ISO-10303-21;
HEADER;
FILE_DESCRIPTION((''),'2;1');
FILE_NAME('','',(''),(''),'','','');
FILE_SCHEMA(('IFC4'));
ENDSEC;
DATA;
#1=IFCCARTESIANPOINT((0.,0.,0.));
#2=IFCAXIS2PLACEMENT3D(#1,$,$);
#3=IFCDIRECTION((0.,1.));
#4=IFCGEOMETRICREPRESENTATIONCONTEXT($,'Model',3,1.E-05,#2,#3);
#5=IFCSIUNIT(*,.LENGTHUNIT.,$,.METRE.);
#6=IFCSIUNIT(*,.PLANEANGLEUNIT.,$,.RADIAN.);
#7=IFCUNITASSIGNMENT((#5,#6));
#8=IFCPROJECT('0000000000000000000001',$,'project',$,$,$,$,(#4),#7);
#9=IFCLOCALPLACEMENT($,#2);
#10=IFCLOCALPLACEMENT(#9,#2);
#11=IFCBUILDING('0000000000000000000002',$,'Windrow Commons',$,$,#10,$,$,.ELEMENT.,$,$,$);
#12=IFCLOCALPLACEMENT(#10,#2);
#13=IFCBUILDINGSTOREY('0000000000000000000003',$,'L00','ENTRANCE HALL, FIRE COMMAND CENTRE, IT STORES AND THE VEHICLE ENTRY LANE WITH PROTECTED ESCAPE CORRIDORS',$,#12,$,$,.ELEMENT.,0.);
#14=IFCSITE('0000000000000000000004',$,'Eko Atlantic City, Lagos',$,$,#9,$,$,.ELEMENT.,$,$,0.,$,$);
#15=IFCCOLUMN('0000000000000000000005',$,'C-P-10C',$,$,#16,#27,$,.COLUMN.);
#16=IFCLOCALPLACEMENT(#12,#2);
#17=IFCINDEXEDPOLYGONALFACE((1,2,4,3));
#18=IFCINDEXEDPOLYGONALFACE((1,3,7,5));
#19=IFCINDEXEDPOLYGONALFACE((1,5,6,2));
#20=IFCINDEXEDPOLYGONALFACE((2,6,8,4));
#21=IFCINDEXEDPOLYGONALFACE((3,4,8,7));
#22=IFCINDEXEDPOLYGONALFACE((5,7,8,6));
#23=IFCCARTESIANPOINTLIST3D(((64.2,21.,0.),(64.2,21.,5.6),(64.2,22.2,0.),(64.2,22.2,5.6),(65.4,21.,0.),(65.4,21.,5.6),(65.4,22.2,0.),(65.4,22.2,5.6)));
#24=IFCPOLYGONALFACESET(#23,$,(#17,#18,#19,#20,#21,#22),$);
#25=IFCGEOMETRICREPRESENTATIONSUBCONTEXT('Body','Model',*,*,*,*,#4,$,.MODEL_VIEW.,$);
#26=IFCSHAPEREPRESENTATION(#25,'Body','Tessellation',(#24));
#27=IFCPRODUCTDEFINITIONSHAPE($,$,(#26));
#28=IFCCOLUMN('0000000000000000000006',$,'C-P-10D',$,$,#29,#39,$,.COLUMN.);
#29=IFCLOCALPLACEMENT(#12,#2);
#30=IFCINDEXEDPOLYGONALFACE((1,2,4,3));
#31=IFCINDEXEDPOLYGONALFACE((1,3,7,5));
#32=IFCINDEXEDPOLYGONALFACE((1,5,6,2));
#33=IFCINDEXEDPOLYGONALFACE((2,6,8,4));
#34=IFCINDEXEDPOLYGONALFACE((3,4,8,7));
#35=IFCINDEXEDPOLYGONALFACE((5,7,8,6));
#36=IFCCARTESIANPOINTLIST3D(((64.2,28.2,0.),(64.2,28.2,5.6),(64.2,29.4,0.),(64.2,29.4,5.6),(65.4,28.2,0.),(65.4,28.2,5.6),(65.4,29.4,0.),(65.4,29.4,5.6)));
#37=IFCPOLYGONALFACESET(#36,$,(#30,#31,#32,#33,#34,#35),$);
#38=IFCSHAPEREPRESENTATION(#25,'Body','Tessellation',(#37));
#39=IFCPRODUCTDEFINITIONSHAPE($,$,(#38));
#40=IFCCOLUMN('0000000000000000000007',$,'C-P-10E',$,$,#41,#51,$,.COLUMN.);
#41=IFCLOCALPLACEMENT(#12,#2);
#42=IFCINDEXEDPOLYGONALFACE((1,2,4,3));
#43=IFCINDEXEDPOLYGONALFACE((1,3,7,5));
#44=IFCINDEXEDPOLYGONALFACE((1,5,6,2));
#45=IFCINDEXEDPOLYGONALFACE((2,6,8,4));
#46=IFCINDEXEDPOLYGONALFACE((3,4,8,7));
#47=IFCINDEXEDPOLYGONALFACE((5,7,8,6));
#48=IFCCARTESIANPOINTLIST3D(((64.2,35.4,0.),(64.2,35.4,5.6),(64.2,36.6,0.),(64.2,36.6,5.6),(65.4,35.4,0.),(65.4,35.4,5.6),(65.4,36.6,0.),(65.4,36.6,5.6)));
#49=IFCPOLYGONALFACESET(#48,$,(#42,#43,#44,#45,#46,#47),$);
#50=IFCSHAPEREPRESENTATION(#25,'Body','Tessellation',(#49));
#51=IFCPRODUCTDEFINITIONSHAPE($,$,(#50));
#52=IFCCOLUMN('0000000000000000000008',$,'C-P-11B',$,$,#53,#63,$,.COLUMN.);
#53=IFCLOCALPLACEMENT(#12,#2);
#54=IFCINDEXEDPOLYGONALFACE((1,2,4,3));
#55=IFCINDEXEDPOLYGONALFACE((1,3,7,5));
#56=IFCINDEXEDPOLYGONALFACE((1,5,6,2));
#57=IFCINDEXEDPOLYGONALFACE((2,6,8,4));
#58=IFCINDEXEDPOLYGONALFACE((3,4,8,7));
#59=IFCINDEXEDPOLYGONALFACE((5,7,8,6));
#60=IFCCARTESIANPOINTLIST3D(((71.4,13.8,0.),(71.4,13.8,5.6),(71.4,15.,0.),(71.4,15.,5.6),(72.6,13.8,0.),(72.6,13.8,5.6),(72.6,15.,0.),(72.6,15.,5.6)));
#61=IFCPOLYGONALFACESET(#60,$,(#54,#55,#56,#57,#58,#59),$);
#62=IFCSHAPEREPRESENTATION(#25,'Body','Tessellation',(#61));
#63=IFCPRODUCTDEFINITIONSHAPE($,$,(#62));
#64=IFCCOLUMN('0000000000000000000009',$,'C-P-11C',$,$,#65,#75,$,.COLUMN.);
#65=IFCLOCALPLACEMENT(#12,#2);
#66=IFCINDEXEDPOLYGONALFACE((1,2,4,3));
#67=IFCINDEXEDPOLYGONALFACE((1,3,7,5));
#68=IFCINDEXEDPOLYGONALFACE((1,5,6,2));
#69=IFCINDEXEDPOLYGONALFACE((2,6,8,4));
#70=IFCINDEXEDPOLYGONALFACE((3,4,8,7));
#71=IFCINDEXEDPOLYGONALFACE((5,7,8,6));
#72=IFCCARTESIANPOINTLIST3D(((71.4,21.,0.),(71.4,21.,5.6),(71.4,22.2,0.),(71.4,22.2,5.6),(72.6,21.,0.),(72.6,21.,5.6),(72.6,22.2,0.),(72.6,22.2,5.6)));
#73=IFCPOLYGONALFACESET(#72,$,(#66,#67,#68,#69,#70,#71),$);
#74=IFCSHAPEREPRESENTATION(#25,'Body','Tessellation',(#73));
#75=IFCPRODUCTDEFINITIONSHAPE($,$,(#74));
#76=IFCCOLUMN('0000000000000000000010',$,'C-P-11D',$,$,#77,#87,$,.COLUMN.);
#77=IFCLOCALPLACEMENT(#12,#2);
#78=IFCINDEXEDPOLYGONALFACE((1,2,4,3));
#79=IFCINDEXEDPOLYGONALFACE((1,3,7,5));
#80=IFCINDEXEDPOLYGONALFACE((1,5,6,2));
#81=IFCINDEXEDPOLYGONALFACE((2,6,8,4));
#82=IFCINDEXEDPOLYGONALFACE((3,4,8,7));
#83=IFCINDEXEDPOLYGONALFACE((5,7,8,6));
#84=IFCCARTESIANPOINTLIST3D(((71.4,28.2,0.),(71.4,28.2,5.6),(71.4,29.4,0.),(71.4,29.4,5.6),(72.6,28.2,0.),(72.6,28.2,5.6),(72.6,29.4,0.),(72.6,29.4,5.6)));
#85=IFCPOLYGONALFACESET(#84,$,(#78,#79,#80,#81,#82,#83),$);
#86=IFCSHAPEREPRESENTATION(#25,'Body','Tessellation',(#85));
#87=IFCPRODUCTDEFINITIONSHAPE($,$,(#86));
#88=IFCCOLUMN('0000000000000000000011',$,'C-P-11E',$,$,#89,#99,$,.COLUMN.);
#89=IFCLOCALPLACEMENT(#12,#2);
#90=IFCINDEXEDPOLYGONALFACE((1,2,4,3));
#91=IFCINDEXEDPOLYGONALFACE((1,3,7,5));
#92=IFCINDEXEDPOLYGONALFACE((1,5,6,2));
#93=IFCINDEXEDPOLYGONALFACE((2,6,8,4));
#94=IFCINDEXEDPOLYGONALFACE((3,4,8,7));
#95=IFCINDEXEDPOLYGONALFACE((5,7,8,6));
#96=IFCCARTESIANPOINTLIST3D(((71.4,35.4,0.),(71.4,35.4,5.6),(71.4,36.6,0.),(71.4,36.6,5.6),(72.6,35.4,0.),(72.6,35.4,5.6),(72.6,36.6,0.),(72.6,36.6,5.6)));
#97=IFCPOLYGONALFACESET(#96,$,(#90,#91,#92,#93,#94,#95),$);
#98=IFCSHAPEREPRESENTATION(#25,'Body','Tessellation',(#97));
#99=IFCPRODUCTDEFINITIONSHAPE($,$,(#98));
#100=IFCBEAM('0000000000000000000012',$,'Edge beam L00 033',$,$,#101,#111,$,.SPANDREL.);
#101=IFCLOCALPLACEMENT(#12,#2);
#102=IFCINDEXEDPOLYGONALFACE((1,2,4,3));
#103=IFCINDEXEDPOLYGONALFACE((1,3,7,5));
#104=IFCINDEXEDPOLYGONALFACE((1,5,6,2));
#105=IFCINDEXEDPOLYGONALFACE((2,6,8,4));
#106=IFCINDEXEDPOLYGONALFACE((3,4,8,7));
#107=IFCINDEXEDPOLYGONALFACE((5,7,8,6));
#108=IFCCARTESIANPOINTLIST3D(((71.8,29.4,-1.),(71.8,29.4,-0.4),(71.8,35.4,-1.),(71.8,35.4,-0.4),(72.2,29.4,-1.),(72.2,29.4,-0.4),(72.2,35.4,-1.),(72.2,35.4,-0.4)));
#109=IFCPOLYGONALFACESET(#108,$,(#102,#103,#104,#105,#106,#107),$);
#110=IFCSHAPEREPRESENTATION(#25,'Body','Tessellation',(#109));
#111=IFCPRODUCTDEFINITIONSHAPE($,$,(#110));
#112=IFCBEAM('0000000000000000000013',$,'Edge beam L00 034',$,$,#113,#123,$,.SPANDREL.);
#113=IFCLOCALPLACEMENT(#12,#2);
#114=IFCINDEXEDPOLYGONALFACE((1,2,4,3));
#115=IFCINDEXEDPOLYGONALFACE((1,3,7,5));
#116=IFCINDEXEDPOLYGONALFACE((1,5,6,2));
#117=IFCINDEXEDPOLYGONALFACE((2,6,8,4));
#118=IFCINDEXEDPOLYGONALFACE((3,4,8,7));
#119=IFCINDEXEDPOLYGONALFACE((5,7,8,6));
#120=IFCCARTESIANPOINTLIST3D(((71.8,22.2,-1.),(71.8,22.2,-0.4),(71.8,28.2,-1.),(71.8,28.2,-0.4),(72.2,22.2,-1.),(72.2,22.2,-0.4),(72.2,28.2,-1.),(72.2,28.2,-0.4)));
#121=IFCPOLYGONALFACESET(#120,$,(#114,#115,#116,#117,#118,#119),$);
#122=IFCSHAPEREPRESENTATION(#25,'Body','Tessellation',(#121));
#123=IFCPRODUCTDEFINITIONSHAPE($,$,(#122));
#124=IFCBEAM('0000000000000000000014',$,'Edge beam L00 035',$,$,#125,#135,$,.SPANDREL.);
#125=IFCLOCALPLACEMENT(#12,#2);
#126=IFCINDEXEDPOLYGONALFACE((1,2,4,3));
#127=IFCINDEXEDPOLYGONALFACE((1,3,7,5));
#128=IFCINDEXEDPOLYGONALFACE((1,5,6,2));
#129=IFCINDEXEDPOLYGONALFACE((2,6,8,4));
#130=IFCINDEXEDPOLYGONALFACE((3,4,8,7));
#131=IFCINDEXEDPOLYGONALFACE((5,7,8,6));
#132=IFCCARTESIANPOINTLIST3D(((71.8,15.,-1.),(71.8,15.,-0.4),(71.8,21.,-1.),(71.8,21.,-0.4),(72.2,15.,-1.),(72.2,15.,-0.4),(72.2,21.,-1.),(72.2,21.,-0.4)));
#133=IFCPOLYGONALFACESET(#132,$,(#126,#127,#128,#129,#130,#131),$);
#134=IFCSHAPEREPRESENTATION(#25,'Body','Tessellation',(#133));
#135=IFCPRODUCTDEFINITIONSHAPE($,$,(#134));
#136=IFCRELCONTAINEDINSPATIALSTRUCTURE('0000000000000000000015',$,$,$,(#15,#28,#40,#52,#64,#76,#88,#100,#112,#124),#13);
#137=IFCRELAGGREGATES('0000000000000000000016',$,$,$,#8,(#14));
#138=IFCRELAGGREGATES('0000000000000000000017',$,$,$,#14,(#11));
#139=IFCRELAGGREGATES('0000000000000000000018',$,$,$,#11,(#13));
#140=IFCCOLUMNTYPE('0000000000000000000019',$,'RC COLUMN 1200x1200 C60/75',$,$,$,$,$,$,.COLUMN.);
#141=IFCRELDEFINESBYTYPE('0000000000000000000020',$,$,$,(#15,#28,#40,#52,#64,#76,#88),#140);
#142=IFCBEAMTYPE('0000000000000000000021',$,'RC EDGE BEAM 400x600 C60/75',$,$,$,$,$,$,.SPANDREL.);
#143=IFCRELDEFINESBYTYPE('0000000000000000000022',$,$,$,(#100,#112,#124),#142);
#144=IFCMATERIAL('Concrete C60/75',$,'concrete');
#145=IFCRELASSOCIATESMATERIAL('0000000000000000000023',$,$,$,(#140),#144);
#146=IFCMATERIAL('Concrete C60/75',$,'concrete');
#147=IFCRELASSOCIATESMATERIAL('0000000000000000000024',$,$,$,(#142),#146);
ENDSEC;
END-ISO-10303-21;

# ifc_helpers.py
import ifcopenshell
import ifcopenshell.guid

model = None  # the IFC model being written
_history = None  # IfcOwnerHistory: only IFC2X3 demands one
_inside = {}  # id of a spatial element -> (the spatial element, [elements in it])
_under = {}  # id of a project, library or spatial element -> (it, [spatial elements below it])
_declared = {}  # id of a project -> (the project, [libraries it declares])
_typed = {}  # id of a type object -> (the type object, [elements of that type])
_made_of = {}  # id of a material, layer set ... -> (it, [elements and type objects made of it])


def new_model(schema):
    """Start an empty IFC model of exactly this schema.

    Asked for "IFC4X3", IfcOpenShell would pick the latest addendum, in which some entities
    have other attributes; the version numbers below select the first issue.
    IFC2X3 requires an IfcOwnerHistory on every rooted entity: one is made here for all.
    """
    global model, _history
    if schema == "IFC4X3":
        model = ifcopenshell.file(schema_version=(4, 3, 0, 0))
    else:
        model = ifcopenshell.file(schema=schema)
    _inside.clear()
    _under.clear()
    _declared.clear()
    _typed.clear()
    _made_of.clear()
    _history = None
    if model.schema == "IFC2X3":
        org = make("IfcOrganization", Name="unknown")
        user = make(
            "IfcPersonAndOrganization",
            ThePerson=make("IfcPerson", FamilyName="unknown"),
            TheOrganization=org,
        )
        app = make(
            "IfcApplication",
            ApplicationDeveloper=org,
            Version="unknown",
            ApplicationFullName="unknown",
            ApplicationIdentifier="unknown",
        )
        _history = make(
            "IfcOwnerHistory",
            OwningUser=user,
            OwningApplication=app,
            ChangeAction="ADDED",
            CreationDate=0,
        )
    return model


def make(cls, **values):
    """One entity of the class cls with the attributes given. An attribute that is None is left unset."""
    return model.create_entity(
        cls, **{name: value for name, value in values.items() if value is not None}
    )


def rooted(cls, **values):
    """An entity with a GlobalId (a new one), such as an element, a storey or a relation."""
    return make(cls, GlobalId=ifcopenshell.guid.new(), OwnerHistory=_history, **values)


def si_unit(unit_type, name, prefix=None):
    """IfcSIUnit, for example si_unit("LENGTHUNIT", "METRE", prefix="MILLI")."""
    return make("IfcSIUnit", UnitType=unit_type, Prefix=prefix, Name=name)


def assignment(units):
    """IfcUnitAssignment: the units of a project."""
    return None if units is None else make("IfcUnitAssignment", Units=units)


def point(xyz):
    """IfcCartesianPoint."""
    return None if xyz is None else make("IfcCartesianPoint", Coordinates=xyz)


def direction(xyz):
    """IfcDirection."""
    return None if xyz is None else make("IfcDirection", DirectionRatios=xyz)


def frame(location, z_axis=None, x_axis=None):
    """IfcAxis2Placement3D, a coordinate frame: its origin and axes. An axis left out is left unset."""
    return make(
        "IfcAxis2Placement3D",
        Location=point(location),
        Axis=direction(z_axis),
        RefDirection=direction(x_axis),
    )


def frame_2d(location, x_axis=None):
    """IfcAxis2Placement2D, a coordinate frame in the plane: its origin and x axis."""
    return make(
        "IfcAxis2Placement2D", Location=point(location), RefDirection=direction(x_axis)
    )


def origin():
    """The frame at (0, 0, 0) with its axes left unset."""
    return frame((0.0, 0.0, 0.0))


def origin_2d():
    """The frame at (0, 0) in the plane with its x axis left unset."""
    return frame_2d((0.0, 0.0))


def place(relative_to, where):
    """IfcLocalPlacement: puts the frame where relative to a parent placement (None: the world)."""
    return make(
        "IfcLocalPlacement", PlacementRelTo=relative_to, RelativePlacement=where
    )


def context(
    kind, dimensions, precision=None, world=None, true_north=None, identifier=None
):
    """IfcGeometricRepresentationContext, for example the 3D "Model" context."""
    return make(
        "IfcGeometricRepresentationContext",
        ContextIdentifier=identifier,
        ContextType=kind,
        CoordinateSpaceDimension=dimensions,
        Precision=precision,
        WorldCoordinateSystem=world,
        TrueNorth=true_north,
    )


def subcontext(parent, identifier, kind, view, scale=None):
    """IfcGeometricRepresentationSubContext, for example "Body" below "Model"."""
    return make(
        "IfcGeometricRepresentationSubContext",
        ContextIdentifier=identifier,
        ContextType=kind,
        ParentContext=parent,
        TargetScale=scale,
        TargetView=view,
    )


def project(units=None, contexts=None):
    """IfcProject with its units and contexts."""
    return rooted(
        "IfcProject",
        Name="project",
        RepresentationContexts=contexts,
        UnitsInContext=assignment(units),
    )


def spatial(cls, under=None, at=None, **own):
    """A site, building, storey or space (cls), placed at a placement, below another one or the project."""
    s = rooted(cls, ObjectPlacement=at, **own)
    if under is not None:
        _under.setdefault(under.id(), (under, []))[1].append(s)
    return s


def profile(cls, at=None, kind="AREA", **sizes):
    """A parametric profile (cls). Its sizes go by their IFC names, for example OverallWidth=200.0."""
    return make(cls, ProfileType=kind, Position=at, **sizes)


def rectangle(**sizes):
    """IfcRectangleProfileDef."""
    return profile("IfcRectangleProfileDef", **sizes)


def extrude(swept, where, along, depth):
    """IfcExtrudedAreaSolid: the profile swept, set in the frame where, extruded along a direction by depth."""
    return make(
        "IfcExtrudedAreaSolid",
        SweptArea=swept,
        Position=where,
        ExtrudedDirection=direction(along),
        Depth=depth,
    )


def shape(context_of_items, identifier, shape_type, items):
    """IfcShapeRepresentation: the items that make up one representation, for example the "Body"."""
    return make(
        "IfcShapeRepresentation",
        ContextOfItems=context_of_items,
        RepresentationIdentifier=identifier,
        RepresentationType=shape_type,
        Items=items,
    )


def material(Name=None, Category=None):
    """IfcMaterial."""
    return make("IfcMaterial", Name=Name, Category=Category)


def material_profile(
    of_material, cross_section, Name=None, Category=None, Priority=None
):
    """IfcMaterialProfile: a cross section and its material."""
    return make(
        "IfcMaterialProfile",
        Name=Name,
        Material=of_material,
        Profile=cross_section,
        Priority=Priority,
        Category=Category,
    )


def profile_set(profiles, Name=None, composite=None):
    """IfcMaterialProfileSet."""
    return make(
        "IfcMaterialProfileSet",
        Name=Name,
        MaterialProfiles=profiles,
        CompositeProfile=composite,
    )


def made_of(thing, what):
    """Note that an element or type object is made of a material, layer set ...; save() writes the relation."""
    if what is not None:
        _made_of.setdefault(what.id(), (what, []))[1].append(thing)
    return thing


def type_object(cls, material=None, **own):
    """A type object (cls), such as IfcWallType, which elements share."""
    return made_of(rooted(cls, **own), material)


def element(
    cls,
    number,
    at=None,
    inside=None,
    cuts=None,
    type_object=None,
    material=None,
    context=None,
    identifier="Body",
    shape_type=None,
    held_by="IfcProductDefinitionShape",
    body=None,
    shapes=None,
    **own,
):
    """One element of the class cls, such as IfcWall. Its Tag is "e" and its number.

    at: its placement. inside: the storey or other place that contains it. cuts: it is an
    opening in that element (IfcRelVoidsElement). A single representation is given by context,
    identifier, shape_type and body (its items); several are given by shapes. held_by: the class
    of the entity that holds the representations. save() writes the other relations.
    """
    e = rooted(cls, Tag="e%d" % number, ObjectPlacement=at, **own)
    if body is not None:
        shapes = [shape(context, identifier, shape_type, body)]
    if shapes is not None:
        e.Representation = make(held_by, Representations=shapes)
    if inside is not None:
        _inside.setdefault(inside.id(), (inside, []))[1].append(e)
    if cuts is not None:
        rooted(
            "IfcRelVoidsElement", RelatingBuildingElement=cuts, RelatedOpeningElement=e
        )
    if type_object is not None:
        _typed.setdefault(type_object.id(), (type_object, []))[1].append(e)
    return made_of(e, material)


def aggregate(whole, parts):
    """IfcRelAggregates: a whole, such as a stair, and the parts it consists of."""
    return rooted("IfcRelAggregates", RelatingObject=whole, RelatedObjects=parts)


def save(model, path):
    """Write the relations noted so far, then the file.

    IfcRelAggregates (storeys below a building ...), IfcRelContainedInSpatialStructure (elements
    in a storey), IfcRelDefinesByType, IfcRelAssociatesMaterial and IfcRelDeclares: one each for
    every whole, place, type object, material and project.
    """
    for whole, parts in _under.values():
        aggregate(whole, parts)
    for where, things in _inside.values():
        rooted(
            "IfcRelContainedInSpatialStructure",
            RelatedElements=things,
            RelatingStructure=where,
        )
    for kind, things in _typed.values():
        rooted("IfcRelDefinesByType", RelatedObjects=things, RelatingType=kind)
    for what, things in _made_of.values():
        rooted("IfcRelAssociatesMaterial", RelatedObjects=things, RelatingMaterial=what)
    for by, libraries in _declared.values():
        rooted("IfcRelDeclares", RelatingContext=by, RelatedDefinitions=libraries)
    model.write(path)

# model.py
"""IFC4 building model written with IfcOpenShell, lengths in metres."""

from ifc_helpers import new_model, si_unit, direction, frame, origin, origin_2d, place, context, subcontext, project, spatial, rectangle, extrude, material, material_profile, profile_set, type_object, element, save


model = new_model("IFC4")

# Units and contexts
model_context = context("Model", 3, precision=1e-05, world=origin(), true_north=direction((0.0, 1.0)))
body_context = subcontext(model_context, "Body", "Model", "MODEL_VIEW")
ifc_project = project(units=[si_unit("LENGTHUNIT", "METRE"), si_unit("PLANEANGLEUNIT", "RADIAN")], contexts=[model_context])

# Site, building, storey
site_placement = place(None, origin())
site = spatial("IfcSite", under=ifc_project, at=site_placement, Name="Eko Atlantic City, Lagos", CompositionType="ELEMENT", RefElevation=0.0)
building_placement = place(site_placement, origin())
building = spatial("IfcBuilding", under=site, at=building_placement, Name="Windrow Commons", CompositionType="ELEMENT")
storey_placement = place(building_placement, origin())
storey = spatial("IfcBuildingStorey", under=building, at=storey_placement, Name="L00", Description="ENTRANCE HALL, FIRE COMMAND CENTRE, IT STORES AND THE VEHICLE ENTRY LANE WITH PROTECTED ESCAPE CORRIDORS", CompositionType="ELEMENT", Elevation=0.0)

# Columns
ifc_material_1 = material(Name="Concrete C60/75", Category="concrete")
ifc_material_profile_1 = material_profile(ifc_material_1, rectangle(XDim=1.2, YDim=1.2, at=origin_2d()))
ifc_profile_set_1 = profile_set([ifc_material_profile_1], Name="Concrete C60/75")
column_type = type_object("IfcColumnType", Name="RC COLUMN 1200x1200 C60/75", PredefinedType="COLUMN", material=ifc_profile_set_1)
for number, where, z_axis, x_axis, name in (
    (1, (64.8, 21.6, 0.0), (0.0, 0.0, 1.0), (1.0, 0.0, 0.0), "C-P-10C"),
    (2, (64.8, 28.8, 0.0), (0.0, 0.0, 1.0), (1.0, 0.0, 0.0), "C-P-10D"),
    (3, (64.8, 36.0, 0.0), (0.0, 0.0, 1.0), (1.0, 0.0, 0.0), "C-P-10E"),
    (4, (72.0, 14.4, 0.0), (0.0, 0.0, 1.0), (1.0, 0.0, 0.0), "C-P-11B"),
    (5, (72.0, 21.6, 0.0), (0.0, 0.0, 1.0), (1.0, 0.0, 0.0), "C-P-11C"),
    (6, (72.0, 28.8, 0.0), (0.0, 0.0, 1.0), (1.0, 0.0, 0.0), "C-P-11D"),
    (7, (72.0, 36.0, 0.0), (0.0, 0.0, 1.0), (1.0, 0.0, 0.0), "C-P-11E"),
):
    element("IfcColumn", number, at=place(storey_placement, frame(where, z_axis=z_axis, x_axis=x_axis)), inside=storey, type_object=column_type, Name=name, PredefinedType="COLUMN", context=body_context, shape_type="SweptSolid", body=[
        extrude(rectangle(XDim=1.2, YDim=1.2, at=origin_2d()), origin(), (0.0, 0.0, 1.0), 5.6),
    ])

# Beams
ifc_material_2 = material(Name="Concrete C60/75", Category="concrete")
ifc_material_profile_2 = material_profile(ifc_material_2, rectangle(XDim=0.4, YDim=0.6, at=origin_2d()))
ifc_profile_set_2 = profile_set([ifc_material_profile_2], Name="Concrete C60/75")
beam_type = type_object("IfcBeamType", Name="RC EDGE BEAM 400x600 C60/75", PredefinedType="SPANDREL", material=ifc_profile_set_2)
for number, where, z_axis, x_axis, name in (
    (8, (72.0, 35.4, -0.7), (0.0, -1.0, 0.0), (1.0, 0.0, 0.0), "Edge beam L00 033"),
    (9, (72.0, 28.2, -0.7), (0.0, -1.0, 0.0), (1.0, 0.0, 0.0), "Edge beam L00 034"),
    (10, (72.0, 21.0, -0.7), (0.0, -1.0, 0.0), (1.0, 0.0, 0.0), "Edge beam L00 035"),
):
    element("IfcBeam", number, at=place(storey_placement, frame(where, z_axis=z_axis, x_axis=x_axis)), inside=storey, type_object=beam_type, Name=name, PredefinedType="SPANDREL", context=body_context, shape_type="SweptSolid", body=[
        extrude(rectangle(XDim=0.4, YDim=0.6, at=origin_2d()), origin(), (0.0, 0.0, 1.0), 6.0),
    ])

save(model, "model.ifc")
